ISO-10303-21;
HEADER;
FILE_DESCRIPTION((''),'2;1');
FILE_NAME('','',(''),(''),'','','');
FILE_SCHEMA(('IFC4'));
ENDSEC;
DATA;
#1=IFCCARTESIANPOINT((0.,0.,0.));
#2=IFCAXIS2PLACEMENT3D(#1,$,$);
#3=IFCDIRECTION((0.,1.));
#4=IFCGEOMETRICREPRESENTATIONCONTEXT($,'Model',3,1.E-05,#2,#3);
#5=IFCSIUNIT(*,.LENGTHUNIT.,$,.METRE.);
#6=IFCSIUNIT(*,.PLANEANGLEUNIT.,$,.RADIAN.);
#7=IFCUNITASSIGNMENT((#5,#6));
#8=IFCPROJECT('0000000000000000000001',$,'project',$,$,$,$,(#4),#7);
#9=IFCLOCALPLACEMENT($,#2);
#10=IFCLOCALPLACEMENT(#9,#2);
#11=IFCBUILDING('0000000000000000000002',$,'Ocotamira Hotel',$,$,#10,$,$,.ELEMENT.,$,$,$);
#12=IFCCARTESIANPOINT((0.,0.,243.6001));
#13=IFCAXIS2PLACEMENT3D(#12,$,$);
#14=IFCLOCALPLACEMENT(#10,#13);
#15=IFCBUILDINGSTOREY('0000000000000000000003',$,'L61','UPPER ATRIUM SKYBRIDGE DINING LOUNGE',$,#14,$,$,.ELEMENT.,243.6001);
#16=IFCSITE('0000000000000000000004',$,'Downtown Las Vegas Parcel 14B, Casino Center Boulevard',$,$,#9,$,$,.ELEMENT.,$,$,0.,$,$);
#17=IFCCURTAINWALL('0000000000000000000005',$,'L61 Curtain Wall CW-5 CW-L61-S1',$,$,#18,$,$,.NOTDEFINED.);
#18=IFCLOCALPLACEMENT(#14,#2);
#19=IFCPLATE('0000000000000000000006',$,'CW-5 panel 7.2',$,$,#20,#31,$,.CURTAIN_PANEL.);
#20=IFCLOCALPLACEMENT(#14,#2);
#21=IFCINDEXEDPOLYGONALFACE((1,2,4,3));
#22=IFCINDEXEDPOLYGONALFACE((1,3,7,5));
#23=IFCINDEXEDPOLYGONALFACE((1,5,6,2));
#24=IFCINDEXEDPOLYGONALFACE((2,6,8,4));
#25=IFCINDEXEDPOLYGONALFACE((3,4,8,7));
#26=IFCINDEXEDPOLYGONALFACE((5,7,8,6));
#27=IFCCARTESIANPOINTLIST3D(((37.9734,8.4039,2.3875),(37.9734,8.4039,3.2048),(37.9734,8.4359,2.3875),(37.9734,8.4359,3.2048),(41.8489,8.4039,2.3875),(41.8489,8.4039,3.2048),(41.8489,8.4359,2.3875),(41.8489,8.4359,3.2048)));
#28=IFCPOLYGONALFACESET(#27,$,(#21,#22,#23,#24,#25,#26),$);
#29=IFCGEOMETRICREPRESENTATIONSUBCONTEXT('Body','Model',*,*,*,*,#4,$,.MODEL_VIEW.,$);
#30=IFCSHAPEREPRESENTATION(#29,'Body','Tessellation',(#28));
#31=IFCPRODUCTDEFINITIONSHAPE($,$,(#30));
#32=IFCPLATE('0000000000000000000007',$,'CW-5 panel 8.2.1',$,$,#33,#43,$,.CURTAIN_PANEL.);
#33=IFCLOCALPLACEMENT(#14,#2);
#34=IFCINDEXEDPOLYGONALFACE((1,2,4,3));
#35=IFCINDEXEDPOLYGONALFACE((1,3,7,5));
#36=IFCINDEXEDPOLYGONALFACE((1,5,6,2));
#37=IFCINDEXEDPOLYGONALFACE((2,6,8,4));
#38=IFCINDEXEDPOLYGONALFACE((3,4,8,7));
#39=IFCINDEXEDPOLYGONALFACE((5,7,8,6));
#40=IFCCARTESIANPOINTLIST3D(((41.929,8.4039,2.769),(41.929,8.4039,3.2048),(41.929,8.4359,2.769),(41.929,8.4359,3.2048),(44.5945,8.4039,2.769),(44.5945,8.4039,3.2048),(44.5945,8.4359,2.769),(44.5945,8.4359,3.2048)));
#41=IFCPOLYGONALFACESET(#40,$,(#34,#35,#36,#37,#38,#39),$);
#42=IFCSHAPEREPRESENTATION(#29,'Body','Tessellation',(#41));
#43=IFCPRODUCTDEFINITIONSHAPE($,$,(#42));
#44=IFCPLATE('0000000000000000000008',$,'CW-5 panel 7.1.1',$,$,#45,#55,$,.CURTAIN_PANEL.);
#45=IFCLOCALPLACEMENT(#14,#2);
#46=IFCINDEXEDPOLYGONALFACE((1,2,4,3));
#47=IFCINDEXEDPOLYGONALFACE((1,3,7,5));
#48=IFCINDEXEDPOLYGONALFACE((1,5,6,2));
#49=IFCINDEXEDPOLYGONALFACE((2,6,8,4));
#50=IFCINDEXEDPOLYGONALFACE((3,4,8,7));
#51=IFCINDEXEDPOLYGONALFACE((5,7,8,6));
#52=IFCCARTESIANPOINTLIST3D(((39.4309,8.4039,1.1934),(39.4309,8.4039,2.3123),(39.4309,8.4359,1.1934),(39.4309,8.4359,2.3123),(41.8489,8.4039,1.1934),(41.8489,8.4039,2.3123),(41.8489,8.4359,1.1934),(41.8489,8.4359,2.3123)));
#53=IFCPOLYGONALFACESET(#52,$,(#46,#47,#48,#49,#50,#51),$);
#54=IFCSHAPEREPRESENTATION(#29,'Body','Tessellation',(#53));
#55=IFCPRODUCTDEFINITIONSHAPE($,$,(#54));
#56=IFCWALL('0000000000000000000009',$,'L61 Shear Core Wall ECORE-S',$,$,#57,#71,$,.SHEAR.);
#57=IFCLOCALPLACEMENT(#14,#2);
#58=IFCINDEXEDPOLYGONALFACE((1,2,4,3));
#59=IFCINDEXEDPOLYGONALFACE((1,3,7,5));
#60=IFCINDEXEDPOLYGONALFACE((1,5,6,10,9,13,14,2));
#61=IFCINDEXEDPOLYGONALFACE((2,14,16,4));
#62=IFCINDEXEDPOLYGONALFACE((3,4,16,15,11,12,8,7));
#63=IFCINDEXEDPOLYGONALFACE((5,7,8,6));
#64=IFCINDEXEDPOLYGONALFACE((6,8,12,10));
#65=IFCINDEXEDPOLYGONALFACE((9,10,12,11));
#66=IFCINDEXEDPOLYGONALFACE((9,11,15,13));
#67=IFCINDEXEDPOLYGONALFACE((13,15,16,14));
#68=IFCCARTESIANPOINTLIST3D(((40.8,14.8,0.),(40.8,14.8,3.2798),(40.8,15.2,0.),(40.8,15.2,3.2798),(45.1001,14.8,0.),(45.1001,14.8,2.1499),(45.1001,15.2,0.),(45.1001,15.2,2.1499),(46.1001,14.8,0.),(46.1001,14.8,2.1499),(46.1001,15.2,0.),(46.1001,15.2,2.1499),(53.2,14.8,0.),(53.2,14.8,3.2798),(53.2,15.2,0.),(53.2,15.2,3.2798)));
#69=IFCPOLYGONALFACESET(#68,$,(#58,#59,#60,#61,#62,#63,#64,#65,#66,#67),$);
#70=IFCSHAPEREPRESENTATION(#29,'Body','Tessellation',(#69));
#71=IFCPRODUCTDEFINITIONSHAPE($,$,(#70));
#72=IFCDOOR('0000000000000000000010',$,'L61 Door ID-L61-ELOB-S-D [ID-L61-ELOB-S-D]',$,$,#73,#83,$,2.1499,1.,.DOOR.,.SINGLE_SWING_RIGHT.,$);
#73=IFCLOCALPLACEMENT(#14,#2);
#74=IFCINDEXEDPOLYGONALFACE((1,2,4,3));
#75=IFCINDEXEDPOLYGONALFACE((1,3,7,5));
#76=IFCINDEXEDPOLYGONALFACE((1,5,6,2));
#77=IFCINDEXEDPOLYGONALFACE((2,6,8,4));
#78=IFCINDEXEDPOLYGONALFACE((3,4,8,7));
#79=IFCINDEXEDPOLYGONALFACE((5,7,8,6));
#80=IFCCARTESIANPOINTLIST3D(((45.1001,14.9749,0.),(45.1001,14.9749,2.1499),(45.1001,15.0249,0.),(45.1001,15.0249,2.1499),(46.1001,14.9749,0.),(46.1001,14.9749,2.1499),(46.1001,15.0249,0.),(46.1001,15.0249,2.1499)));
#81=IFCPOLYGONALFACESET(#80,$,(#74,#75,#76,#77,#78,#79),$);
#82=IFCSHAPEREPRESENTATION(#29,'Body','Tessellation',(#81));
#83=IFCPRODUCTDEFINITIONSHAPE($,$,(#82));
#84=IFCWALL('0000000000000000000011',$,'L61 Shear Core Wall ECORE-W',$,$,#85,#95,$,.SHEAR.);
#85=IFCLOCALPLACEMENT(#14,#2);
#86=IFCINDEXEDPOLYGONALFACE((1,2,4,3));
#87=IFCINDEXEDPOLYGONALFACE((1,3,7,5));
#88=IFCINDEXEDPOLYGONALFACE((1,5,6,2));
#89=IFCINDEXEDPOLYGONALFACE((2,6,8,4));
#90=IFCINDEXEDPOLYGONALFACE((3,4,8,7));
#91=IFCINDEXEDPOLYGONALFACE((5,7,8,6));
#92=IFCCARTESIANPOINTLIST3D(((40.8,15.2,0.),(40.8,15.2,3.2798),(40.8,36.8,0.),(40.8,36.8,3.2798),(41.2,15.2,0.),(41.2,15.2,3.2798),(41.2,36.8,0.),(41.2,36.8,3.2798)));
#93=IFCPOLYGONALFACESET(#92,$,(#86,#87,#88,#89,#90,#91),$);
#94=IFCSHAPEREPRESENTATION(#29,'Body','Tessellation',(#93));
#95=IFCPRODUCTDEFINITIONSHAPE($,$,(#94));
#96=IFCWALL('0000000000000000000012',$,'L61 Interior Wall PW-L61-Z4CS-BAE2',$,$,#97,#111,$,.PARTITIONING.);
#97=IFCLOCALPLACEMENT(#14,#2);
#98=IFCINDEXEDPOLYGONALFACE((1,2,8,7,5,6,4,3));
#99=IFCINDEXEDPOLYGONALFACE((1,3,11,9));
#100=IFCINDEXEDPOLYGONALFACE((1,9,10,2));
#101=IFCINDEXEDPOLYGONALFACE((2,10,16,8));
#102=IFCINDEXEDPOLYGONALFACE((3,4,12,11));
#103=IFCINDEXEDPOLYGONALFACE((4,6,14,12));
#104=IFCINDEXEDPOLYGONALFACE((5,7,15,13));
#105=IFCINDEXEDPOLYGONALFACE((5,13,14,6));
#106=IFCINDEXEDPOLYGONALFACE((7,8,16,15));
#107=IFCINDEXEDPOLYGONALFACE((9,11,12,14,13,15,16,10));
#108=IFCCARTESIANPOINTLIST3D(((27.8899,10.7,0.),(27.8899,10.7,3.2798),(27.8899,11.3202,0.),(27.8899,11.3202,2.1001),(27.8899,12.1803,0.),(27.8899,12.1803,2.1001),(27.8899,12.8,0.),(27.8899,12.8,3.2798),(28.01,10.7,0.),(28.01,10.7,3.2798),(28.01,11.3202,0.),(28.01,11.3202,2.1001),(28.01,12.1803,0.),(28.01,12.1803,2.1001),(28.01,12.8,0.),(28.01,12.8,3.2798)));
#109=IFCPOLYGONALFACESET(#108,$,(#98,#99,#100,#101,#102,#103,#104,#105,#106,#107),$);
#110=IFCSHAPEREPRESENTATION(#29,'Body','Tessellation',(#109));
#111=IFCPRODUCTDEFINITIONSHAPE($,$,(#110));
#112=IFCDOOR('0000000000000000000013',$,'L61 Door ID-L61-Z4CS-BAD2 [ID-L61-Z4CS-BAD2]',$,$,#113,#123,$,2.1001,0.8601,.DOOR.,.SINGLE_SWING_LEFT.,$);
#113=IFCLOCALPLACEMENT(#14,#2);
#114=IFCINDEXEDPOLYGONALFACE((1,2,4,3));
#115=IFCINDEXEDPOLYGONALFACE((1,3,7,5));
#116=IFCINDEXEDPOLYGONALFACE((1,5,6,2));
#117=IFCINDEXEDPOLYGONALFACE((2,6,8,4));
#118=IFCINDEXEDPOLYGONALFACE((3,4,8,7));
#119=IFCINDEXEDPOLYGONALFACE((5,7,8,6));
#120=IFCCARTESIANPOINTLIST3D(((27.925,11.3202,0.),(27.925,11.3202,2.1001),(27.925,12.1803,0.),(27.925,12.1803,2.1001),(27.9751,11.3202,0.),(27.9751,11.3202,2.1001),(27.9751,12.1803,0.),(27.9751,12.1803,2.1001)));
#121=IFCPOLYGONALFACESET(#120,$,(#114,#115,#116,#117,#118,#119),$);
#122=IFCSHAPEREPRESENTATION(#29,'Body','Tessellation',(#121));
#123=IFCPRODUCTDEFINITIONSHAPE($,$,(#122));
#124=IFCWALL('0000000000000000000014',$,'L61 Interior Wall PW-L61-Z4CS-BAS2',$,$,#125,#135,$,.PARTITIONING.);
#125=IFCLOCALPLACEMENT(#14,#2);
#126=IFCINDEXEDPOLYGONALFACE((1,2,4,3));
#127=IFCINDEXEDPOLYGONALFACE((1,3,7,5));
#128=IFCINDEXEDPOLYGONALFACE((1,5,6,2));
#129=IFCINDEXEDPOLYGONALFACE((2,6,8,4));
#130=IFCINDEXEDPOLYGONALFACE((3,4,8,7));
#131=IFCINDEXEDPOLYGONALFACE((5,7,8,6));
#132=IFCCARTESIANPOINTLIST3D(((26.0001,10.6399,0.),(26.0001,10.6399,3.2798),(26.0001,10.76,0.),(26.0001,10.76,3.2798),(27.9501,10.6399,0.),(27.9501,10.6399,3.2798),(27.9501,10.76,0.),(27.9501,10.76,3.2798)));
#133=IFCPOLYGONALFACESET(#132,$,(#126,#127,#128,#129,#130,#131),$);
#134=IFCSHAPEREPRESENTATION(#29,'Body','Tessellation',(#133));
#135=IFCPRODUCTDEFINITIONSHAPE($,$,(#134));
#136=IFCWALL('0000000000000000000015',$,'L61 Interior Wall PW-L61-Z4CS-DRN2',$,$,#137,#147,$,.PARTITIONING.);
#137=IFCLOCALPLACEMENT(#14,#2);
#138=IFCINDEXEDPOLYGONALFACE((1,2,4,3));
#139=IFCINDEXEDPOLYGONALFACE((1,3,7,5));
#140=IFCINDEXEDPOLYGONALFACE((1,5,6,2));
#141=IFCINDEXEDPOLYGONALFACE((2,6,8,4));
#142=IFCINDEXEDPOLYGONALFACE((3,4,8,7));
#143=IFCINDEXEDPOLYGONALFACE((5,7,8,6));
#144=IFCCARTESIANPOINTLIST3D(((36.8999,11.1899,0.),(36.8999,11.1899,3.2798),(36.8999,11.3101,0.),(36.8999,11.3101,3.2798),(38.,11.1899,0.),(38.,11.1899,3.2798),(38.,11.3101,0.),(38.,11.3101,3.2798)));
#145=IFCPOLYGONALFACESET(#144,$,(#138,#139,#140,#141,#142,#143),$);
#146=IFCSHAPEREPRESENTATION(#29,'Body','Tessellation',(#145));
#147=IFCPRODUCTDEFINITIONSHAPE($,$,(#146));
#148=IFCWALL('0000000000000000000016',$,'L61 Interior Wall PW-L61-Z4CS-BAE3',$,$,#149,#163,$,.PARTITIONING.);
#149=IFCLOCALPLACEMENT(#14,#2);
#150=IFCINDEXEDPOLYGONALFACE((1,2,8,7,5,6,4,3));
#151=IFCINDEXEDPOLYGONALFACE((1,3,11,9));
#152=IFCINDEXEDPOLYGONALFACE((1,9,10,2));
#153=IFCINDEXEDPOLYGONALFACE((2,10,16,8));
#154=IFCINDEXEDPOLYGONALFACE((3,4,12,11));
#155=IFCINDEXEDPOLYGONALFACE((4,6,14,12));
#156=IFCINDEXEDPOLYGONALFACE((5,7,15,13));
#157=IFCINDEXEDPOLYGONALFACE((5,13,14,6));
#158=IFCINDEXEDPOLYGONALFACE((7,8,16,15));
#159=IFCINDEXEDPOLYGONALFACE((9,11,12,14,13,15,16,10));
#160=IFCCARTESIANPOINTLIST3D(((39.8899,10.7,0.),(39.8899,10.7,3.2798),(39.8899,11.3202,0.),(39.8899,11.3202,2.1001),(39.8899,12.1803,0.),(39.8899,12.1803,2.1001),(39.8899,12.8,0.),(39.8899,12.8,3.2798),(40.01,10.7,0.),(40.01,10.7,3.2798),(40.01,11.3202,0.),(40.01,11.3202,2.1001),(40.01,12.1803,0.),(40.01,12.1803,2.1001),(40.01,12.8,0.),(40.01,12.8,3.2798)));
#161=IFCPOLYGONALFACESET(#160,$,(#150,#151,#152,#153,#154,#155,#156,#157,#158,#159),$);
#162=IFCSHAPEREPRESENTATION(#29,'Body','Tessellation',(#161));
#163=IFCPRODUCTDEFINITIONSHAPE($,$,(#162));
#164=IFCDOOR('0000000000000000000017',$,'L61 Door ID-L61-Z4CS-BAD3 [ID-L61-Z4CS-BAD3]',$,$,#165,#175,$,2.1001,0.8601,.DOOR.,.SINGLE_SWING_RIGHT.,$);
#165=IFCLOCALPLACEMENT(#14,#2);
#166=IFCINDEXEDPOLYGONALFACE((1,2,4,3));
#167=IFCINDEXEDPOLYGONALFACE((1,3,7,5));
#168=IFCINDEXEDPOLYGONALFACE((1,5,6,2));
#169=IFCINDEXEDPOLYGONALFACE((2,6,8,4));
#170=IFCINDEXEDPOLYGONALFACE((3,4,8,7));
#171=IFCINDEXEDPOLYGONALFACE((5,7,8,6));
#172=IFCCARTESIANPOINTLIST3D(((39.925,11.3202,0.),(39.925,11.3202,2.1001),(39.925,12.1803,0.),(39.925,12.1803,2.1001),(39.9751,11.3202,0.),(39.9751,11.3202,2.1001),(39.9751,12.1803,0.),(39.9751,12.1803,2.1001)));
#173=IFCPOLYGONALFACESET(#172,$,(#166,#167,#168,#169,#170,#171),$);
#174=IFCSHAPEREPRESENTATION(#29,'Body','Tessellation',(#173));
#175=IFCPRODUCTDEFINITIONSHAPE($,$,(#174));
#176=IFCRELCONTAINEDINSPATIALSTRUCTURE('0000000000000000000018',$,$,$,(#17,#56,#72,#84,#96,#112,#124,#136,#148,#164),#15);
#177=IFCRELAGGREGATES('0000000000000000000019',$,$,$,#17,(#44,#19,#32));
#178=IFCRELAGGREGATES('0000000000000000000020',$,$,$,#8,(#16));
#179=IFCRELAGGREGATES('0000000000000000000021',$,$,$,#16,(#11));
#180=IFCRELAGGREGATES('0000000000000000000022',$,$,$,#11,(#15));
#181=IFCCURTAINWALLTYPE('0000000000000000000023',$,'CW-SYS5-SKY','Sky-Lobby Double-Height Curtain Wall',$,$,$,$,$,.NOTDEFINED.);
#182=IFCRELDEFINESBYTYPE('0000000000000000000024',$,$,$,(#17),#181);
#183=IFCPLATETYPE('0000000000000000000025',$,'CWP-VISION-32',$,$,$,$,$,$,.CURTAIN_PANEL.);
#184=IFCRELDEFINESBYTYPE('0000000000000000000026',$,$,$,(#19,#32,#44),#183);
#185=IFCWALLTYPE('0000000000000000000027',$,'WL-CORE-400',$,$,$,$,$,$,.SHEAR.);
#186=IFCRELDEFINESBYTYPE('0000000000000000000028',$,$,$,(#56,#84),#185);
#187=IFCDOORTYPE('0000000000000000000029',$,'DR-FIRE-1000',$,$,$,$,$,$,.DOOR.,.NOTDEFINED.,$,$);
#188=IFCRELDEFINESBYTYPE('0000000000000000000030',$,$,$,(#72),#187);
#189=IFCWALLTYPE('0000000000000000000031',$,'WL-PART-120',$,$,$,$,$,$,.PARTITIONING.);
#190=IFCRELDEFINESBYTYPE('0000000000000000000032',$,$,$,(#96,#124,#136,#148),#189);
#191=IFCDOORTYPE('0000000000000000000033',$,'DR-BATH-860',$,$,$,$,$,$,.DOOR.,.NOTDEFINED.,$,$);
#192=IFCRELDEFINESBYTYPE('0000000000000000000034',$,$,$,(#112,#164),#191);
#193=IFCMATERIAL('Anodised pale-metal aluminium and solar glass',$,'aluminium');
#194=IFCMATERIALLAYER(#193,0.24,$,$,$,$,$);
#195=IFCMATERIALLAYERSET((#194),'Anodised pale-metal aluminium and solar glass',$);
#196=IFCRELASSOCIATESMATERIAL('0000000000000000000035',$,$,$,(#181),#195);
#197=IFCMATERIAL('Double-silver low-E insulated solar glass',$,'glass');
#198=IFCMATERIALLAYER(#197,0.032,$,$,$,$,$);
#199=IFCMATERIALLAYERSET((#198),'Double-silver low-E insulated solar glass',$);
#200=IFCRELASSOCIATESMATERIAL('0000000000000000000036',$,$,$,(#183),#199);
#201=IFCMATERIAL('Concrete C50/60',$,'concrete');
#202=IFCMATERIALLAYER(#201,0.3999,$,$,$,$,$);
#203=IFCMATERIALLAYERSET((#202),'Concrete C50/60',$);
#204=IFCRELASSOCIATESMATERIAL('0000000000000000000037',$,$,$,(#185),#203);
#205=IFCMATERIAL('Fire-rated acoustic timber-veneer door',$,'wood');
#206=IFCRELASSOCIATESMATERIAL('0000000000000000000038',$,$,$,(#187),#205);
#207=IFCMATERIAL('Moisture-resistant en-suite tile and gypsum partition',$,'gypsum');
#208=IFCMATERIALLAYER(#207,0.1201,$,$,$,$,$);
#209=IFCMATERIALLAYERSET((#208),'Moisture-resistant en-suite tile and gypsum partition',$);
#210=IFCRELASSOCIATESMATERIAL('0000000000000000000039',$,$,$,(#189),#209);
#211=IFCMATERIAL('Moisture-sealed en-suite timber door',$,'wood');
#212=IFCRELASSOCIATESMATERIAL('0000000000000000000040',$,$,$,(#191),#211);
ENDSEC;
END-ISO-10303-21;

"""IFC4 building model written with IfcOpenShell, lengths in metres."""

from ifc_helpers import new_model, si_unit, direction, frame, frame_2d, origin, origin_2d, place, context, subcontext, project, spatial, rectangle, extrude, source, transform, mapped, material, layer, layer_set, type_object, element, fill, aggregate, save


model = new_model("IFC4")

# Units and contexts
model_context = context("Model", 3, precision=1e-05, world=origin(), true_north=direction((0.0, 1.0)))
body_context = subcontext(model_context, "Body", "Model", "MODEL_VIEW")
ifc_project = project(units=[si_unit("LENGTHUNIT", "METRE"), si_unit("PLANEANGLEUNIT", "RADIAN")], contexts=[model_context])

# Site, building, storey
site_placement = place(None, origin())
site = spatial("IfcSite", under=ifc_project, at=site_placement, Name="Downtown Las Vegas Parcel 14B, Casino Center Boulevard", CompositionType="ELEMENT", RefElevation=0.0)
building_placement = place(site_placement, origin())
building = spatial("IfcBuilding", under=site, at=building_placement, Name="Ocotamira Hotel", CompositionType="ELEMENT")
storey_placement = place(building_placement, frame((0.0, 0.0, 243.6001)))
storey = spatial("IfcBuildingStorey", under=building, at=storey_placement, Name="L61", Description="UPPER ATRIUM SKYBRIDGE DINING LOUNGE", CompositionType="ELEMENT", Elevation=243.6001)

# Curtain wall, plates
ifc_material_1 = material(Name="Anodised pale-metal aluminium and solar glass", Category="aluminium")
ifc_layer_1 = layer(ifc_material_1, 0.24)
ifc_layer_set_1 = layer_set([ifc_layer_1], Name="Anodised pale-metal aluminium and solar glass")
curtain_wall_type = type_object("IfcCurtainWallType", Name="CW-SYS5-SKY", Description="Sky-Lobby Double-Height Curtain Wall", PredefinedType="NOTDEFINED", material=ifc_layer_set_1)
curtain_wall_placement = place(storey_placement, origin())
curtain_wall = element("IfcCurtainWall", 1, at=curtain_wall_placement, inside=storey, type_object=curtain_wall_type, Name="L61 Curtain Wall CW-5 CW-L61-S1", PredefinedType="NOTDEFINED")
ifc_material_2 = material(Name="Double-silver low-E insulated solar glass", Category="glass")
ifc_layer_2 = layer(ifc_material_2, 0.032)
ifc_layer_set_2 = layer_set([ifc_layer_2], Name="Double-silver low-E insulated solar glass")
plate_type = type_object("IfcPlateType", Name="CWP-VISION-32", PredefinedType="CURTAIN_PANEL", material=ifc_layer_set_2)
shared_shape_1 = source(origin(), body_context, "Body", "SweptSolid", [
    extrude(rectangle(XDim=3.8755, YDim=0.032, at=origin_2d()), origin(), (0.0, 0.0, 1.0), 0.8174),
])
plate_1_placement = place(storey_placement, frame((39.9111, 8.4199, 2.3875), z_axis=(0.0, 0.0, 1.0), x_axis=(1.0, 0.0, 0.0)))
plate_1 = element("IfcPlate", 2, at=plate_1_placement, type_object=plate_type, Name="CW-5 panel 7.2", PredefinedType="CURTAIN_PANEL", context=body_context, shape_type="MappedRepresentation", body=[
    mapped(shared_shape_1, transform((0.0, 0.0, 0.0), scale=1.0)),
])
shared_shape_2 = source(origin(), body_context, "Body", "SweptSolid", [
    extrude(rectangle(XDim=2.6655, YDim=0.032, at=origin_2d()), origin(), (0.0, 0.0, 1.0), 0.4358),
])
plate_2_placement = place(storey_placement, frame((43.2617, 8.4199, 2.769), z_axis=(0.0, 0.0, 1.0), x_axis=(1.0, 0.0, 0.0)))
plate_2 = element("IfcPlate", 3, at=plate_2_placement, type_object=plate_type, Name="CW-5 panel 8.2.1", PredefinedType="CURTAIN_PANEL", context=body_context, shape_type="MappedRepresentation", body=[
    mapped(shared_shape_2, transform((0.0, 0.0, 0.0), scale=1.0)),
])
shared_shape_3 = source(origin(), body_context, "Body", "SweptSolid", [
    extrude(rectangle(XDim=2.418, YDim=0.032, at=origin_2d()), origin(), (0.0, 0.0, 1.0), 1.1189),
])
plate_3_placement = place(storey_placement, frame((40.6399, 8.4199, 1.1934), z_axis=(0.0, 0.0, 1.0), x_axis=(1.0, 0.0, 0.0)))
plate_3 = element("IfcPlate", 4, at=plate_3_placement, type_object=plate_type, Name="CW-5 panel 7.1.1", PredefinedType="CURTAIN_PANEL", context=body_context, shape_type="MappedRepresentation", body=[
    mapped(shared_shape_3, transform((0.0, 0.0, 0.0), scale=1.0)),
])
aggregate(curtain_wall, [plate_3, plate_1, plate_2])

# Wall, opening, door
ifc_material_3 = material(Name="Concrete C50/60", Category="concrete")
ifc_layer_3 = layer(ifc_material_3, 0.3999)
ifc_layer_set_3 = layer_set([ifc_layer_3], Name="Concrete C50/60")
wall_type_1 = type_object("IfcWallType", Name="WL-CORE-400", PredefinedType="SHEAR", material=ifc_layer_set_3)
wall_1_placement = place(storey_placement, frame((40.8, 15.0, 0.0), z_axis=(0.0, 0.0, 1.0), x_axis=(1.0, 0.0, 0.0)))
wall_1 = element("IfcWall", 5, at=wall_1_placement, inside=storey, type_object=wall_type_1, Name="L61 Shear Core Wall ECORE-S", PredefinedType="SHEAR", context=body_context, shape_type="SweptSolid", body=[
    extrude(rectangle(XDim=12.3999, YDim=0.3999, at=frame_2d((6.2, 0.0))), origin(), (0.0, 0.0, 1.0), 3.2798),
])
opening_1_placement = place(wall_1_placement, frame((4.3, 0.0, 0.0)))
opening_1 = element("IfcOpeningElement", 6, at=opening_1_placement, cuts=wall_1, PredefinedType="OPENING", context=body_context, shape_type="SweptSolid", body=[
    extrude(rectangle(XDim=1.0, YDim=2.1499, at=frame_2d((0.5, 1.075))), frame((0.0, 0.21, 0.0), z_axis=(0.0, -1.0, 0.0), x_axis=(1.0, 0.0, 0.0)), (0.0, 0.0, 1.0), 0.4199),
])
ifc_material_4 = material(Name="Fire-rated acoustic timber-veneer door", Category="wood")
door_type_1 = type_object("IfcDoorType", Name="DR-FIRE-1000", OperationType="NOTDEFINED", PredefinedType="DOOR", material=ifc_material_4)
shared_shape_4 = source(origin(), body_context, "Body", "SweptSolid", [
    extrude(rectangle(XDim=1.0, YDim=2.1499, at=frame_2d((0.5, 1.075))), frame((0.0, 0.0249, 0.0), z_axis=(0.0, -1.0, 0.0), x_axis=(1.0, 0.0, 0.0)), (0.0, 0.0, 1.0), 0.05),
])
door_1_placement = place(opening_1_placement, origin())
door_1 = element("IfcDoor", 7, at=door_1_placement, inside=storey, type_object=door_type_1, Name="L61 Door ID-L61-ELOB-S-D [ID-L61-ELOB-S-D]", OperationType="SINGLE_SWING_RIGHT", OverallHeight=2.1499, OverallWidth=1.0, PredefinedType="DOOR", context=body_context, shape_type="MappedRepresentation", body=[
    mapped(shared_shape_4, transform((0.0, 0.0, 0.0), scale=1.0)),
])
fill(opening_1, door_1)

# Wall
wall_2_placement = place(storey_placement, frame((41.0, 15.2, 0.0), z_axis=(0.0, 0.0, 1.0), x_axis=(0.0, 1.0, 0.0)))
element("IfcWall", 8, at=wall_2_placement, inside=storey, type_object=wall_type_1, Name="L61 Shear Core Wall ECORE-W", PredefinedType="SHEAR", context=body_context, shape_type="SweptSolid", body=[
    extrude(rectangle(XDim=21.6001, YDim=0.3999, at=frame_2d((10.8, 0.0))), origin(), (0.0, 0.0, 1.0), 3.2798),
])

# Wall, opening, door
ifc_material_5 = material(Name="Moisture-resistant en-suite tile and gypsum partition", Category="gypsum")
ifc_layer_4 = layer(ifc_material_5, 0.1201)
ifc_layer_set_4 = layer_set([ifc_layer_4], Name="Moisture-resistant en-suite tile and gypsum partition")
wall_type_2 = type_object("IfcWallType", Name="WL-PART-120", PredefinedType="PARTITIONING", material=ifc_layer_set_4)
wall_3_placement = place(storey_placement, frame((27.95, 10.7, 0.0), z_axis=(0.0, 0.0, 1.0), x_axis=(0.0, 1.0, 0.0)))
wall_3 = element("IfcWall", 9, at=wall_3_placement, inside=storey, type_object=wall_type_2, Name="L61 Interior Wall PW-L61-Z4CS-BAE2", PredefinedType="PARTITIONING", context=body_context, shape_type="SweptSolid", body=[
    extrude(rectangle(XDim=2.1001, YDim=0.1201, at=frame_2d((1.05, 0.0))), origin(), (0.0, 0.0, 1.0), 3.2798),
])
opening_2_placement = place(wall_3_placement, frame((0.6201, 0.0, 0.0)))
opening_2 = element("IfcOpeningElement", 10, at=opening_2_placement, cuts=wall_3, PredefinedType="OPENING", context=body_context, shape_type="SweptSolid", body=[
    extrude(rectangle(XDim=0.8601, YDim=2.1001, at=frame_2d((0.4302, 1.05))), frame((0.0, 0.0701, 0.0), z_axis=(0.0, -1.0, 0.0), x_axis=(1.0, 0.0, 0.0)), (0.0, 0.0, 1.0), 0.1401),
])
ifc_material_6 = material(Name="Moisture-sealed en-suite timber door", Category="wood")
door_type_2 = type_object("IfcDoorType", Name="DR-BATH-860", OperationType="NOTDEFINED", PredefinedType="DOOR", material=ifc_material_6)
shared_shape_5 = source(origin(), body_context, "Body", "SweptSolid", [
    extrude(rectangle(XDim=0.8601, YDim=2.1001, at=frame_2d((0.4302, 1.05))), frame((0.0, 0.0249, 0.0), z_axis=(0.0, -1.0, 0.0), x_axis=(1.0, 0.0, 0.0)), (0.0, 0.0, 1.0), 0.05),
])
door_2_placement = place(opening_2_placement, origin())
door_2 = element("IfcDoor", 11, at=door_2_placement, inside=storey, type_object=door_type_2, Name="L61 Door ID-L61-Z4CS-BAD2 [ID-L61-Z4CS-BAD2]", OperationType="SINGLE_SWING_LEFT", OverallHeight=2.1001, OverallWidth=0.8601, PredefinedType="DOOR", context=body_context, shape_type="MappedRepresentation", body=[
    mapped(shared_shape_5, transform((0.0, 0.0, 0.0), scale=1.0)),
])
fill(opening_2, door_2)

# Walls
wall_4_placement = place(storey_placement, frame((26.0, 10.7, 0.0), z_axis=(0.0, 0.0, 1.0), x_axis=(1.0, 0.0, 0.0)))
element("IfcWall", 12, at=wall_4_placement, inside=storey, type_object=wall_type_2, Name="L61 Interior Wall PW-L61-Z4CS-BAS2", PredefinedType="PARTITIONING", context=body_context, shape_type="SweptSolid", body=[
    extrude(rectangle(XDim=1.95, YDim=0.1201, at=frame_2d((0.9751, 0.0))), origin(), (0.0, 0.0, 1.0), 3.2798),
])
wall_5_placement = place(storey_placement, frame((36.8999, 11.25, 0.0), z_axis=(0.0, 0.0, 1.0), x_axis=(1.0, 0.0, 0.0)))
element("IfcWall", 13, at=wall_5_placement, inside=storey, type_object=wall_type_2, Name="L61 Interior Wall PW-L61-Z4CS-DRN2", PredefinedType="PARTITIONING", context=body_context, shape_type="SweptSolid", body=[
    extrude(rectangle(XDim=1.1001, YDim=0.1201, at=frame_2d((0.55, 0.0))), origin(), (0.0, 0.0, 1.0), 3.2798),
])

# Wall, opening, door
wall_6_placement = place(storey_placement, frame((39.95, 10.7, 0.0), z_axis=(0.0, 0.0, 1.0), x_axis=(0.0, 1.0, 0.0)))
wall_6 = element("IfcWall", 14, at=wall_6_placement, inside=storey, type_object=wall_type_2, Name="L61 Interior Wall PW-L61-Z4CS-BAE3", PredefinedType="PARTITIONING", context=body_context, shape_type="SweptSolid", body=[
    extrude(rectangle(XDim=2.1001, YDim=0.1201, at=frame_2d((1.05, 0.0))), origin(), (0.0, 0.0, 1.0), 3.2798),
])
opening_3_placement = place(wall_6_placement, frame((0.6201, 0.0, 0.0)))
opening_3 = element("IfcOpeningElement", 15, at=opening_3_placement, cuts=wall_6, PredefinedType="OPENING", context=body_context, shape_type="SweptSolid", body=[
    extrude(rectangle(XDim=0.8601, YDim=2.1001, at=frame_2d((0.4302, 1.05))), frame((0.0, 0.0701, 0.0), z_axis=(0.0, -1.0, 0.0), x_axis=(1.0, 0.0, 0.0)), (0.0, 0.0, 1.0), 0.1401),
])
door_3_placement = place(opening_3_placement, origin())
door_3 = element("IfcDoor", 16, at=door_3_placement, inside=storey, type_object=door_type_2, Name="L61 Door ID-L61-Z4CS-BAD3 [ID-L61-Z4CS-BAD3]", OperationType="SINGLE_SWING_RIGHT", OverallHeight=2.1001, OverallWidth=0.8601, PredefinedType="DOOR", context=body_context, shape_type="MappedRepresentation", body=[
    mapped(shared_shape_5, transform((0.0, 0.0, 0.0), scale=1.0)),
])
fill(opening_3, door_3)

save(model, "model.ifc")
